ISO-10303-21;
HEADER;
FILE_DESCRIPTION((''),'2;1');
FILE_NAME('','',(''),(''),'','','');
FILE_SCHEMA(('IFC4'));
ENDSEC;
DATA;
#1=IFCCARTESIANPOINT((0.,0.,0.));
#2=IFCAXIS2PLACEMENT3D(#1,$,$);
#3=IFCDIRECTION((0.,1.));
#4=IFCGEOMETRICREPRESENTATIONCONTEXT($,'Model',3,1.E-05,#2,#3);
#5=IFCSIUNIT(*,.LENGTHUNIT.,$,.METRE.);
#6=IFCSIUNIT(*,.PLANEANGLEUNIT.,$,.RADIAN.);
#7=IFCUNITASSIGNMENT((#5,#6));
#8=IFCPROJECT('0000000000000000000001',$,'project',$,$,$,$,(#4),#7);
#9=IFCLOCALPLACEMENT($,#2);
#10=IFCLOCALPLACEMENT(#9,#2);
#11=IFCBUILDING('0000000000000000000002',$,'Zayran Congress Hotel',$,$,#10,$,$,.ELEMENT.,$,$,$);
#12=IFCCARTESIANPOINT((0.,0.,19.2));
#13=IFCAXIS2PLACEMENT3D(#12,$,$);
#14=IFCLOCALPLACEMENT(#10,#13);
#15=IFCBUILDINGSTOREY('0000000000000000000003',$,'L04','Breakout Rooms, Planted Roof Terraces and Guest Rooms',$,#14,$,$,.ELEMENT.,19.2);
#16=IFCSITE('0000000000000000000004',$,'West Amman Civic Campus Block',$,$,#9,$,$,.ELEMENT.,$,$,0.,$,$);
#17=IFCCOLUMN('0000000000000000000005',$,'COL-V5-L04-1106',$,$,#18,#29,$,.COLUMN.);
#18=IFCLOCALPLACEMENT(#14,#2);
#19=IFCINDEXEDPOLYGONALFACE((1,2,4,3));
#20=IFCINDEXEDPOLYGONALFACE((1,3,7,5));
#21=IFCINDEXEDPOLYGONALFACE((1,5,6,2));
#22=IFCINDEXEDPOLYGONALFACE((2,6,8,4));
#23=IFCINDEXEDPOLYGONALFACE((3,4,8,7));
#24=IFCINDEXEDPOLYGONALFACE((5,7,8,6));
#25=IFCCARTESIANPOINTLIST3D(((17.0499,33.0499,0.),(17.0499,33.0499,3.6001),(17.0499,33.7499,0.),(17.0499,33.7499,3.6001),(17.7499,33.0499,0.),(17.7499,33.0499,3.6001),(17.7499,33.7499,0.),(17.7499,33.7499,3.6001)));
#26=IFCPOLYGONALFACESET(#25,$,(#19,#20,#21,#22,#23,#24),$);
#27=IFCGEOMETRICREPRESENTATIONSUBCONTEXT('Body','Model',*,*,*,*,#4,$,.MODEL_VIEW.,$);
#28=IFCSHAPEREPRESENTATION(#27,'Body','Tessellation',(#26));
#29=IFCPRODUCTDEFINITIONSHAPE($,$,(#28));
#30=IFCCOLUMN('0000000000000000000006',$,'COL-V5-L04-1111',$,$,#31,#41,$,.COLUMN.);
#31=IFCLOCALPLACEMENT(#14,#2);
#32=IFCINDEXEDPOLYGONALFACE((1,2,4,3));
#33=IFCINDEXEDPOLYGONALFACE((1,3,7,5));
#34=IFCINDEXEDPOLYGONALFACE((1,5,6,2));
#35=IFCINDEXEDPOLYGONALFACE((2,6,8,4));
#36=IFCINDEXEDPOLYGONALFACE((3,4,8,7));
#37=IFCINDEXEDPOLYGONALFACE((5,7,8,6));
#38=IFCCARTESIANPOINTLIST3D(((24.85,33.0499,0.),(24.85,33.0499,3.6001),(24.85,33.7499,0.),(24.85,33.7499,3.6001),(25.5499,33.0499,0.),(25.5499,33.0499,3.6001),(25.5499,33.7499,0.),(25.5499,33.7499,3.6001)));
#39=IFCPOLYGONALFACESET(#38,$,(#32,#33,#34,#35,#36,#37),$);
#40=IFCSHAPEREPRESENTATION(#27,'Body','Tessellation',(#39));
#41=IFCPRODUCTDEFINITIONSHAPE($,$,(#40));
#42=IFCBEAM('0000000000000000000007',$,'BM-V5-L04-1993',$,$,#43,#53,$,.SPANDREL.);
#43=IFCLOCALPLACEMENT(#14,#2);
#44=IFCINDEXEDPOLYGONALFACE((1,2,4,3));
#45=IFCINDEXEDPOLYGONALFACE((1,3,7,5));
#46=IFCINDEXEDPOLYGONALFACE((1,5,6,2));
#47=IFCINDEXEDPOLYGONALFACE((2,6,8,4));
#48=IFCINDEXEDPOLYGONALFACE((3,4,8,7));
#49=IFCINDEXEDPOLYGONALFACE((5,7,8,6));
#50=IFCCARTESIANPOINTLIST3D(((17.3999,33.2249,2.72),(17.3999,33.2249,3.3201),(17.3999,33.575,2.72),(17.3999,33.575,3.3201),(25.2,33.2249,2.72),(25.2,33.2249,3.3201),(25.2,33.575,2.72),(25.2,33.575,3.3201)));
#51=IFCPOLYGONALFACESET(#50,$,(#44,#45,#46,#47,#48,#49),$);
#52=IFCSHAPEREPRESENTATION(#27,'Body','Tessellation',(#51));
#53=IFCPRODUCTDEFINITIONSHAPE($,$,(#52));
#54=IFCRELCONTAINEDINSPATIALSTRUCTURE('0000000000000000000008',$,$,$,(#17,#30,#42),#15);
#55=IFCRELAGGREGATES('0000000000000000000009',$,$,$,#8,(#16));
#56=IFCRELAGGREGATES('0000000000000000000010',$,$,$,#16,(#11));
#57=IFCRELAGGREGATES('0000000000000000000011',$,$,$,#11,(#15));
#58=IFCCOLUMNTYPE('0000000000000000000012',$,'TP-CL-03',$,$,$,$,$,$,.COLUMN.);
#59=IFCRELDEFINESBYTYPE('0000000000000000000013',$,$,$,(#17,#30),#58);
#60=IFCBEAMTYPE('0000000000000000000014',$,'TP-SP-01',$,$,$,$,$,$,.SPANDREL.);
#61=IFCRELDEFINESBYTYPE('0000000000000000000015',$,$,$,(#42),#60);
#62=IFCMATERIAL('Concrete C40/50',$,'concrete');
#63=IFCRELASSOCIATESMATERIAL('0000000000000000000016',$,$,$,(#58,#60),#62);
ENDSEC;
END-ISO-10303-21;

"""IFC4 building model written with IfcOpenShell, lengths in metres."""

from ifc_helpers import new_model, si_unit, direction, frame, origin, origin_2d, place, context, subcontext, project, spatial, rectangle, extrude, material, material_profile, profile_set, type_object, element, save


model = new_model("IFC4")

# Units and contexts
model_context = context("Model", 3, precision=1e-05, world=origin(), true_north=direction((0.0, 1.0)))
body_context = subcontext(model_context, "Body", "Model", "MODEL_VIEW")
ifc_project = project(units=[si_unit("LENGTHUNIT", "METRE"), si_unit("PLANEANGLEUNIT", "RADIAN")], contexts=[model_context])

# Site, building, storey
site_placement = place(None, origin())
site = spatial("IfcSite", under=ifc_project, at=site_placement, Name="West Amman Civic Campus Block", CompositionType="ELEMENT", RefElevation=0.0)
building_placement = place(site_placement, origin())
building = spatial("IfcBuilding", under=site, at=building_placement, Name="Zayran Congress Hotel", CompositionType="ELEMENT")
storey_placement = place(building_placement, frame((0.0, 0.0, 19.2)))
storey = spatial("IfcBuildingStorey", under=building, at=storey_placement, Name="L04", Description="Breakout Rooms, Planted Roof Terraces and Guest Rooms", CompositionType="ELEMENT", Elevation=19.2)

# Columns
ifc_material = material(Name="Concrete C40/50", Category="concrete")
ifc_material_profile_1 = material_profile(ifc_material, rectangle(XDim=0.7, YDim=0.7, at=origin_2d()), Name="RC 700x700")
ifc_profile_set_1 = profile_set([ifc_material_profile_1], Name="Concrete C40/50")
column_type = type_object("IfcColumnType", Name="TP-CL-03", PredefinedType="COLUMN", material=ifc_profile_set_1)
for number, where, z_axis, x_axis, name in (
    (1, (17.3999, 33.3999, 0.0), (0.0, 0.0, 1.0), (1.0, 0.0, 0.0), "COL-V5-L04-1106"),
    (2, (25.2, 33.3999, 0.0), (0.0, 0.0, 1.0), (1.0, 0.0, 0.0), "COL-V5-L04-1111"),
):
    element("IfcColumn", number, at=place(storey_placement, frame(where, z_axis=z_axis, x_axis=x_axis)), inside=storey, type_object=column_type, Name=name, PredefinedType="COLUMN", context=body_context, shape_type="SweptSolid", body=[
        extrude(rectangle(XDim=0.7, YDim=0.7, at=origin_2d()), origin(), (0.0, 0.0, 1.0), 3.6001),
    ])

# Beam
ifc_material_profile_2 = material_profile(ifc_material, rectangle(XDim=0.3501, YDim=0.6001, at=origin_2d()), Name="RC 350x600")
ifc_profile_set_2 = profile_set([ifc_material_profile_2], Name="Concrete C40/50")
beam_type = type_object("IfcBeamType", Name="TP-SP-01", PredefinedType="SPANDREL", material=ifc_profile_set_2)
beam_placement = place(storey_placement, frame((17.3999, 33.3999, 3.02), z_axis=(1.0, 0.0, 0.0), x_axis=(0.0, 1.0, 0.0)))
element("IfcBeam", 3, at=beam_placement, inside=storey, type_object=beam_type, Name="BM-V5-L04-1993", PredefinedType="SPANDREL", context=body_context, shape_type="SweptSolid", body=[
    extrude(rectangle(XDim=0.3501, YDim=0.6001, at=origin_2d()), origin(), (0.0, 0.0, 1.0), 7.8),
])

save(model, "model.ifc")
